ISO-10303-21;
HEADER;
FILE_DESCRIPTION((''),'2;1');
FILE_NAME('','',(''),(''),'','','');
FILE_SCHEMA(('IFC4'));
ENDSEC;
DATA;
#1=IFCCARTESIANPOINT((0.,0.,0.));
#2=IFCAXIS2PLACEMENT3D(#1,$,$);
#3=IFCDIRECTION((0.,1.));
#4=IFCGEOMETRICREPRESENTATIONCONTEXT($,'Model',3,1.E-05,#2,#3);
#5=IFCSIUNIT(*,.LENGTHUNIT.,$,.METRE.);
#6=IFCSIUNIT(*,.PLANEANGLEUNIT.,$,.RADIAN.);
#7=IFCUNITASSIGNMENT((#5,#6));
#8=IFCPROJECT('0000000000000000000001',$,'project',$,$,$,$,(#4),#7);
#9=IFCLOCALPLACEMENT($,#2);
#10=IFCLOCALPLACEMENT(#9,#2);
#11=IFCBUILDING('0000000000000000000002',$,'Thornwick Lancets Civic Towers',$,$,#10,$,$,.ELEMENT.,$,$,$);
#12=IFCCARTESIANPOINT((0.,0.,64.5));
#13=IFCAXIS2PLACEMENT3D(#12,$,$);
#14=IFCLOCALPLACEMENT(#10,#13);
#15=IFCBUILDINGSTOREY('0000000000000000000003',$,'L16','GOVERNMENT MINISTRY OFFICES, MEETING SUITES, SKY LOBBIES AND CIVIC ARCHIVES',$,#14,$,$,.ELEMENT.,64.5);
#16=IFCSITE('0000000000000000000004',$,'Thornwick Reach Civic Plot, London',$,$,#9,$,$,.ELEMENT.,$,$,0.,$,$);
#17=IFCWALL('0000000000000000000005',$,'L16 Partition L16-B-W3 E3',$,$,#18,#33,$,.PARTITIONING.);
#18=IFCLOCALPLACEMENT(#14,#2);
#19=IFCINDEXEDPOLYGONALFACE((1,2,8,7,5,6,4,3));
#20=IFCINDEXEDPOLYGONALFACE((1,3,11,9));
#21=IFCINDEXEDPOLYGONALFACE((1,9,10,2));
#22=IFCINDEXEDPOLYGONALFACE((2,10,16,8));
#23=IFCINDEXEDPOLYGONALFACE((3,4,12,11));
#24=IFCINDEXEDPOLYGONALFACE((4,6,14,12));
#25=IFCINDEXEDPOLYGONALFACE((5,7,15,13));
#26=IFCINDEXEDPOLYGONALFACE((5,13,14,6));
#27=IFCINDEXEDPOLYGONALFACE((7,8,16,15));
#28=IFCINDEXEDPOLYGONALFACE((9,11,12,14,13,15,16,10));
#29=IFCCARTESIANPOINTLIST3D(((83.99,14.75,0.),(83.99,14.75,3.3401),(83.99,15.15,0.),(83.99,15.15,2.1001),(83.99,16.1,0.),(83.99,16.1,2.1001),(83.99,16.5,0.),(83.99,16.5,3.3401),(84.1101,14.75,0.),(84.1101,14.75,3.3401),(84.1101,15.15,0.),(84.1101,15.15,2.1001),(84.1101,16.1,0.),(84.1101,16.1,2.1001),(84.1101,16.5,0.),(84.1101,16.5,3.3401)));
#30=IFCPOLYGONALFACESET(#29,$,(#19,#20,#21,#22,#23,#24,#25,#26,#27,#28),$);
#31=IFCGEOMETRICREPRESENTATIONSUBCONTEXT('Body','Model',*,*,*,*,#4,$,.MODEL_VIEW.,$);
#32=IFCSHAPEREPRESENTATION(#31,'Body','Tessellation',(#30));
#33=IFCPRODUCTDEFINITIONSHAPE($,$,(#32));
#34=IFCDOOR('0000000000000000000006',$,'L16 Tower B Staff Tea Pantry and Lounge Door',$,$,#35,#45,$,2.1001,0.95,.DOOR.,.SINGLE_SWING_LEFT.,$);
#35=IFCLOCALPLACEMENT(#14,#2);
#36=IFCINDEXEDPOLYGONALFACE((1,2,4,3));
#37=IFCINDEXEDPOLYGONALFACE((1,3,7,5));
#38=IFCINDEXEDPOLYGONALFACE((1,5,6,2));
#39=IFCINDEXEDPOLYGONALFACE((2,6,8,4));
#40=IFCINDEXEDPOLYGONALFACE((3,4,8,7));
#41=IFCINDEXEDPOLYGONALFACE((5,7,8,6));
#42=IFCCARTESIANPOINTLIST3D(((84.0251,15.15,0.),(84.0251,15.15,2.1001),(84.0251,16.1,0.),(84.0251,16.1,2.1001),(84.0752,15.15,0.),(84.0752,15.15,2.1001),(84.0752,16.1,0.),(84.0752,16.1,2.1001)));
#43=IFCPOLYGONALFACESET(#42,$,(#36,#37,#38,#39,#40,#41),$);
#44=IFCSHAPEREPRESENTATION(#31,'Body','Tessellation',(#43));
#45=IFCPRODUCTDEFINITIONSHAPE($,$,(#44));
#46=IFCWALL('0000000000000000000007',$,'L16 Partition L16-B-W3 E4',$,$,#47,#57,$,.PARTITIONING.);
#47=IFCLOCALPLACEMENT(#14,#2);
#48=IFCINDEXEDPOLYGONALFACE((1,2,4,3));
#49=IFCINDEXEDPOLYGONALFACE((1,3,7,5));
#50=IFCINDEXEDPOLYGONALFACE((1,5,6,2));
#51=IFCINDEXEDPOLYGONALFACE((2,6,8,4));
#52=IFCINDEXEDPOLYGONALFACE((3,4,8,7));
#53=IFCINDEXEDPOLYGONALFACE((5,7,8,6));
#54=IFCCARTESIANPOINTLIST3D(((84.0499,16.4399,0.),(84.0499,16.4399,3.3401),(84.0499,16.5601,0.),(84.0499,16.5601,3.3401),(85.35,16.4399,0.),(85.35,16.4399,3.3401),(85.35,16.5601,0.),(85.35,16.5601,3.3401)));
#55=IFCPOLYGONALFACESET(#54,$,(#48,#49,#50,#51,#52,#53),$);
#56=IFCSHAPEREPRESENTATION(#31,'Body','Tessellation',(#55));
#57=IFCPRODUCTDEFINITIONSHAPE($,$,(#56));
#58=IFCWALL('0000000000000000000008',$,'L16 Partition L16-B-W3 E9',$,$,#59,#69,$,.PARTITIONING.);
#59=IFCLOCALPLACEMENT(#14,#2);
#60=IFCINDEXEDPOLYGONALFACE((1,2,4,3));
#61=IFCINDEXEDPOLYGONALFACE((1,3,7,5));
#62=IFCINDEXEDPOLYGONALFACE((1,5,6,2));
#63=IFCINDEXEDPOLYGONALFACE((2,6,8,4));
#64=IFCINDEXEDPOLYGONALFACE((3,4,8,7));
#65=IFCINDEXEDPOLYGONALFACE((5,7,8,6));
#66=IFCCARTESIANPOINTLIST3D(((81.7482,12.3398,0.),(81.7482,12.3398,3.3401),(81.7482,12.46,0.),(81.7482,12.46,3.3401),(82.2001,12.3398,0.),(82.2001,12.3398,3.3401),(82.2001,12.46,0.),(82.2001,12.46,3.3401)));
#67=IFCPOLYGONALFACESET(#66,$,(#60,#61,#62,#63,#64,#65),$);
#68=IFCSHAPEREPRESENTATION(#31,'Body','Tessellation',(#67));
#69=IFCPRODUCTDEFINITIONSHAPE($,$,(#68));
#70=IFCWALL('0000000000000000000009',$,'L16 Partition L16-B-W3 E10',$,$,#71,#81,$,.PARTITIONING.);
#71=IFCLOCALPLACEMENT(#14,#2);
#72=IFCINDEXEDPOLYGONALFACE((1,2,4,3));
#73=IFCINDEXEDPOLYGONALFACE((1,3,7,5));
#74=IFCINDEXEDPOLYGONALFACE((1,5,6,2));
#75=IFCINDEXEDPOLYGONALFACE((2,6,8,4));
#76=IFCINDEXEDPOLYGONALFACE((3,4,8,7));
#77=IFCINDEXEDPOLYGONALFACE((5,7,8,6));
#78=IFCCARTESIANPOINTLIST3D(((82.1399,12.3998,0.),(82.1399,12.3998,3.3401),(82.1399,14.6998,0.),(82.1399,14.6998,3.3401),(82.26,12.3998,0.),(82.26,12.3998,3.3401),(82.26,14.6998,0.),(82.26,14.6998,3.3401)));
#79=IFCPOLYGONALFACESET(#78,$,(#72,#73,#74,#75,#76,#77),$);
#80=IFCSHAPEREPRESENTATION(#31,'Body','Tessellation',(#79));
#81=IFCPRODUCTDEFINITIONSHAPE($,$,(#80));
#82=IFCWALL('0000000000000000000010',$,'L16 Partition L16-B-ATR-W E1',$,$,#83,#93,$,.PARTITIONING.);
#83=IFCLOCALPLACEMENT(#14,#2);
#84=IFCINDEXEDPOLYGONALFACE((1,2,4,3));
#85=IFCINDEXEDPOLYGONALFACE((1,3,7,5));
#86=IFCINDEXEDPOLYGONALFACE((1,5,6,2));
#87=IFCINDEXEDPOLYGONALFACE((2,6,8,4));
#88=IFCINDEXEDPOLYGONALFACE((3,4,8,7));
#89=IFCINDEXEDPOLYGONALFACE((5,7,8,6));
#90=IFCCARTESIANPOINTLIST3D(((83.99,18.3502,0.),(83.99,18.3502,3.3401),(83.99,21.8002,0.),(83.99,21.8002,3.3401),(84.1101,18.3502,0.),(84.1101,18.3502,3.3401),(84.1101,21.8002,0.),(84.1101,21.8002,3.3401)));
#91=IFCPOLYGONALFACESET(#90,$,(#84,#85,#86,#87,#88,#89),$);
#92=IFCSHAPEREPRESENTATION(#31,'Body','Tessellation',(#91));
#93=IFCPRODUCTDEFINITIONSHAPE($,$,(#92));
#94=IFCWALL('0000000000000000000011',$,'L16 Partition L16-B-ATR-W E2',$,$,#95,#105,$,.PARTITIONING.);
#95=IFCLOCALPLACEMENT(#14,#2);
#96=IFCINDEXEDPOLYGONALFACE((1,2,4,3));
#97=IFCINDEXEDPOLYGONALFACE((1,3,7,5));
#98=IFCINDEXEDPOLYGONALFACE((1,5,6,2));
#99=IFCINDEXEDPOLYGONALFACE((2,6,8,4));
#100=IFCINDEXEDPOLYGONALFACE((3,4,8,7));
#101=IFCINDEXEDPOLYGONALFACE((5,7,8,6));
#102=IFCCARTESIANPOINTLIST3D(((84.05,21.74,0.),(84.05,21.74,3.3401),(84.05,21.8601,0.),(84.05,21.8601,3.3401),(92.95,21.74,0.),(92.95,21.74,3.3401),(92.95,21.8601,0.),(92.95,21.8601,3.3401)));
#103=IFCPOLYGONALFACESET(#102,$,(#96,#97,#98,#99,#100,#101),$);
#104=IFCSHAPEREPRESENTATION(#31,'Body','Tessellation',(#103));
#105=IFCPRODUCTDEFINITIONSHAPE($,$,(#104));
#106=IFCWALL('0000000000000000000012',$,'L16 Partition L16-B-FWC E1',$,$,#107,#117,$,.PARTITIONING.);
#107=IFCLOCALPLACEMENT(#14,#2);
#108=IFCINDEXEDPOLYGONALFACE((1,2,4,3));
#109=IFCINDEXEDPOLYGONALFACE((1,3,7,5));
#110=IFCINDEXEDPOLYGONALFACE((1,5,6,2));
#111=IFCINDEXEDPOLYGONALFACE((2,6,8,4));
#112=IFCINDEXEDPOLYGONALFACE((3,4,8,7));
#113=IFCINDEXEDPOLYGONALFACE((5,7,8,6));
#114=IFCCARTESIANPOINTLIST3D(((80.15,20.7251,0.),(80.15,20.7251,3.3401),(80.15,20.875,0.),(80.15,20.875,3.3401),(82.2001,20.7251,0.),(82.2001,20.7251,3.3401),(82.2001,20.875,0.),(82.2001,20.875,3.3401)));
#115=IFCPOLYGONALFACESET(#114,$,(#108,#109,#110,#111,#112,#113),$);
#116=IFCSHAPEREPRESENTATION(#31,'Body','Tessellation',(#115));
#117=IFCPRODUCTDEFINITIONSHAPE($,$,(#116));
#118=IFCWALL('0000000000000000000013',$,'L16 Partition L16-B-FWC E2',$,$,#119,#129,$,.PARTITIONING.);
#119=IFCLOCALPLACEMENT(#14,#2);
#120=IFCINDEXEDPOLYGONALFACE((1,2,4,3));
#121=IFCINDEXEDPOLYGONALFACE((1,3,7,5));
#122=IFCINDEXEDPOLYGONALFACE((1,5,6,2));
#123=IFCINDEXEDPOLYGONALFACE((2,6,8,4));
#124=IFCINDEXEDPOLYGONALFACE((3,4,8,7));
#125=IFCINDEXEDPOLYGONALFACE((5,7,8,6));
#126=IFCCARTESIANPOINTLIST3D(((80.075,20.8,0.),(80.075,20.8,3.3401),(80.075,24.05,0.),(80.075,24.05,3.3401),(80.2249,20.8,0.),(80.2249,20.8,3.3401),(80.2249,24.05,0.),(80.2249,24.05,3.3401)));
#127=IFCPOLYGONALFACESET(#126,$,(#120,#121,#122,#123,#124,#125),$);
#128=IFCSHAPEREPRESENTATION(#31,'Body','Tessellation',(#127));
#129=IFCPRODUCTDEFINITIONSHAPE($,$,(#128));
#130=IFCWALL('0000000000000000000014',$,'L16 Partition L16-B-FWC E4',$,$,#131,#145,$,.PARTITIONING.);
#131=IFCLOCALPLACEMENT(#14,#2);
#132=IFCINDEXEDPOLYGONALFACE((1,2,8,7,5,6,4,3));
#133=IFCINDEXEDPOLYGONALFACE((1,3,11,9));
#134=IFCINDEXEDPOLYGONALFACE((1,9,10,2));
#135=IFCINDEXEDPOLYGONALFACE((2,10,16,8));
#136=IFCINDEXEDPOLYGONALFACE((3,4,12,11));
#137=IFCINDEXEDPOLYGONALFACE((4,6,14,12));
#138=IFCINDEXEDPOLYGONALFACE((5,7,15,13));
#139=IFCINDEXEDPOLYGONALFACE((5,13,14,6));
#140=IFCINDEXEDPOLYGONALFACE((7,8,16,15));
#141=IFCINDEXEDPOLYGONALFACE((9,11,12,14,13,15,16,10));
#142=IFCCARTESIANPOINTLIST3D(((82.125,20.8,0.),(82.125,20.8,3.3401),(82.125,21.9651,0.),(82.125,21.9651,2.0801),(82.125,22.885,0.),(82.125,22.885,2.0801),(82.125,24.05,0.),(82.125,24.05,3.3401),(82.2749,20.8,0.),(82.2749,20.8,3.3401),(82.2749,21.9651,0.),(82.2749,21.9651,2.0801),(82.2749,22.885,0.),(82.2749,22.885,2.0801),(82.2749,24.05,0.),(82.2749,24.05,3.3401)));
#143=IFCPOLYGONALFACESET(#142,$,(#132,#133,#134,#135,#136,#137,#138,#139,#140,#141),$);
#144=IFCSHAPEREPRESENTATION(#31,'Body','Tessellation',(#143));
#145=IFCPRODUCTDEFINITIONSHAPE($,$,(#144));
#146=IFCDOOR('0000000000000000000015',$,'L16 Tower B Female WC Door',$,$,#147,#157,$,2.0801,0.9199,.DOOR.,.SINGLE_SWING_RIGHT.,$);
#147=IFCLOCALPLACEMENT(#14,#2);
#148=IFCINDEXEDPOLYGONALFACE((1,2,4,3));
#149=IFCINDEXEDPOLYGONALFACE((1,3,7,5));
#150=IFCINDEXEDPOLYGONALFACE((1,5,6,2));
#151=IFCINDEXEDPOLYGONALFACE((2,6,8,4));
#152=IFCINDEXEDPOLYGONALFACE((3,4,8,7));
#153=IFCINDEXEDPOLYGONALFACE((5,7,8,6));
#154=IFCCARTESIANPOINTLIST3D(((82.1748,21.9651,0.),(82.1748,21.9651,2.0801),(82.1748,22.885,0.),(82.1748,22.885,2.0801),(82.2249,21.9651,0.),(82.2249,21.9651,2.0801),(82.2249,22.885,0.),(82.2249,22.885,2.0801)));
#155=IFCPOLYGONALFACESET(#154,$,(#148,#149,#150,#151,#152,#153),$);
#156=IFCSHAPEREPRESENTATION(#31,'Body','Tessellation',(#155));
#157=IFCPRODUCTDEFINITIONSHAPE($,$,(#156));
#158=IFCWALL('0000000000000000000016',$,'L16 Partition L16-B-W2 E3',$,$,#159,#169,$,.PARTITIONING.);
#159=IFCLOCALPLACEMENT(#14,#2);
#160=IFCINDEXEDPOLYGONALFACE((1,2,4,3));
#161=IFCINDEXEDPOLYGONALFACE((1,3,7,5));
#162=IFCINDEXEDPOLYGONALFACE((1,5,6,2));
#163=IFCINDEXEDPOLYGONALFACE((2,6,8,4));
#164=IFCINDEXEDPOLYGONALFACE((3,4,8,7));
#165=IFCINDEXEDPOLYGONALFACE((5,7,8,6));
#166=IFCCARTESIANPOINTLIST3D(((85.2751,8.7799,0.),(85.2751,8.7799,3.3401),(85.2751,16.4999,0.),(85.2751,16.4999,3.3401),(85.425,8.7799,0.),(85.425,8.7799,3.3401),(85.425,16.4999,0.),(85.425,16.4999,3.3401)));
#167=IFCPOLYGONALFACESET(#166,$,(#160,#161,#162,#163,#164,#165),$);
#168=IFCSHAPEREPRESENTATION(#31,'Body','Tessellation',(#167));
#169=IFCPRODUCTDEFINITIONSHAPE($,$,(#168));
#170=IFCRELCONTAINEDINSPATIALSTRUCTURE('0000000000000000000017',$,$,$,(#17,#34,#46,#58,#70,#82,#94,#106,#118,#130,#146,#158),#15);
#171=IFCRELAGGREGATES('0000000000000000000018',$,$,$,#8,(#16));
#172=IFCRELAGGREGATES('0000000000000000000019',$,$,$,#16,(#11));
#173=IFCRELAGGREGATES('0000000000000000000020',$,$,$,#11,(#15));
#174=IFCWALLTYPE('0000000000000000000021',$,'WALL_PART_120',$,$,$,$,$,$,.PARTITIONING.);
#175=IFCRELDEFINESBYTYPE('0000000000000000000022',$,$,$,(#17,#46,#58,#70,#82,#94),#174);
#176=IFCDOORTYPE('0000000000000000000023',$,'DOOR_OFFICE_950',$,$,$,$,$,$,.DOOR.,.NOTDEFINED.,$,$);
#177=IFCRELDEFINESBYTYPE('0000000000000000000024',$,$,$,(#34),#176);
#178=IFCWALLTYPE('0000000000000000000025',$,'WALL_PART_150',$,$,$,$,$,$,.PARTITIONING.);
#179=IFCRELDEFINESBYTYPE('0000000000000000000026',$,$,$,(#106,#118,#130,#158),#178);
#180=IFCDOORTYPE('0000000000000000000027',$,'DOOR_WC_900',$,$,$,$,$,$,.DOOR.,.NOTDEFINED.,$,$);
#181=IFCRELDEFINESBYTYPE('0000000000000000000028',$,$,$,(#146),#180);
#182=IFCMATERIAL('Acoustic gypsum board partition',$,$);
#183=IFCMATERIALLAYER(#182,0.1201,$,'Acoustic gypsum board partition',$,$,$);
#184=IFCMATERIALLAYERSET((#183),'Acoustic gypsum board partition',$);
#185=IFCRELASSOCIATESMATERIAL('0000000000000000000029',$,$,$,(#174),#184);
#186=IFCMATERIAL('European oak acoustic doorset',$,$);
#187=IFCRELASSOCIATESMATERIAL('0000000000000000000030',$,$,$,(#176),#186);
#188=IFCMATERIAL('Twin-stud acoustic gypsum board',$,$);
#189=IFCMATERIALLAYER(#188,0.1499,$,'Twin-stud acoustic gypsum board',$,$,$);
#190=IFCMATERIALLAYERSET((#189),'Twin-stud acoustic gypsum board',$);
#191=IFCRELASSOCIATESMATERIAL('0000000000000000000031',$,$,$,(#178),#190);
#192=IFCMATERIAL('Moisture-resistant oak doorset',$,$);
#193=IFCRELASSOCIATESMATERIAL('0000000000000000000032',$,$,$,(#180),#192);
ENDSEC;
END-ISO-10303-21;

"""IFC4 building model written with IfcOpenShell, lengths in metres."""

from ifc_helpers import new_model, si_unit, direction, frame, frame_2d, origin, place, context, subcontext, project, spatial, rectangle, extrude, material, layer, layer_set, type_object, element, fill, save


model = new_model("IFC4")

# Units and contexts
model_context = context("Model", 3, precision=1e-05, world=origin(), true_north=direction((0.0, 1.0)))
body_context = subcontext(model_context, "Body", "Model", "MODEL_VIEW")
ifc_project = project(units=[si_unit("LENGTHUNIT", "METRE"), si_unit("PLANEANGLEUNIT", "RADIAN")], contexts=[model_context])

# Site, building, storey
site_placement = place(None, origin())
site = spatial("IfcSite", under=ifc_project, at=site_placement, Name="Thornwick Reach Civic Plot, London", CompositionType="ELEMENT", RefElevation=0.0)
building_placement = place(site_placement, origin())
building = spatial("IfcBuilding", under=site, at=building_placement, Name="Thornwick Lancets Civic Towers", CompositionType="ELEMENT")
storey_placement = place(building_placement, frame((0.0, 0.0, 64.5)))
storey = spatial("IfcBuildingStorey", under=building, at=storey_placement, Name="L16", Description="GOVERNMENT MINISTRY OFFICES, MEETING SUITES, SKY LOBBIES AND CIVIC ARCHIVES", CompositionType="ELEMENT", Elevation=64.5)

# Shared definitions
ifc_material_1 = material(Name="Acoustic gypsum board partition")
ifc_layer_1 = layer(ifc_material_1, 0.1201, Name="Acoustic gypsum board partition")
ifc_layer_set_1 = layer_set([ifc_layer_1], Name="Acoustic gypsum board partition")
wall_type_1 = type_object("IfcWallType", Name="WALL_PART_120", PredefinedType="PARTITIONING", material=ifc_layer_set_1)

# Wall, opening, door
wall_1_placement = place(storey_placement, frame((84.05, 14.75, 0.0), z_axis=(0.0, 0.0, 1.0), x_axis=(0.0, 1.0, 0.0)))
wall_1 = element("IfcWall", 1, at=wall_1_placement, inside=storey, type_object=wall_type_1, Name="L16 Partition L16-B-W3 E3", PredefinedType="PARTITIONING", context=body_context, shape_type="SweptSolid", body=[
    extrude(rectangle(XDim=1.75, YDim=0.1201, at=frame_2d((0.875, 0.0))), origin(), (0.0, 0.0, 1.0), 3.3401),
])
opening_1_placement = place(wall_1_placement, frame((0.3999, 0.0, 0.0)))
opening_1 = element("IfcOpeningElement", 2, at=opening_1_placement, cuts=wall_1, PredefinedType="OPENING", context=body_context, shape_type="SweptSolid", body=[
    extrude(rectangle(XDim=0.95, YDim=2.1001, at=frame_2d((0.4751, 1.05))), frame((0.0, 0.0701, 0.0), z_axis=(0.0, -1.0, 0.0), x_axis=(1.0, 0.0, 0.0)), (0.0, 0.0, 1.0), 0.1401),
])
ifc_material_2 = material(Name="European oak acoustic doorset")
door_type_1 = type_object("IfcDoorType", Name="DOOR_OFFICE_950", OperationType="NOTDEFINED", PredefinedType="DOOR", material=ifc_material_2)
door_1_placement = place(opening_1_placement, origin())
door_1 = element("IfcDoor", 3, at=door_1_placement, inside=storey, type_object=door_type_1, Name="L16 Tower B Staff Tea Pantry and Lounge Door", OperationType="SINGLE_SWING_LEFT", OverallHeight=2.1001, OverallWidth=0.95, PredefinedType="DOOR", context=body_context, shape_type="SweptSolid", body=[
    extrude(rectangle(XDim=0.95, YDim=2.1001, at=frame_2d((0.4751, 1.05))), frame((0.0, 0.0249, 0.0), z_axis=(0.0, -1.0, 0.0), x_axis=(1.0, 0.0, 0.0)), (0.0, 0.0, 1.0), 0.05),
])
fill(opening_1, door_1)

# Walls
wall_2_placement = place(storey_placement, frame((84.05, 16.5, 0.0), z_axis=(0.0, 0.0, 1.0), x_axis=(1.0, 0.0, 0.0)))
element("IfcWall", 4, at=wall_2_placement, inside=storey, type_object=wall_type_1, Name="L16 Partition L16-B-W3 E4", PredefinedType="PARTITIONING", context=body_context, shape_type="SweptSolid", body=[
    extrude(rectangle(XDim=1.3, YDim=0.1201, at=frame_2d((0.6499, 0.0))), origin(), (0.0, 0.0, 1.0), 3.3401),
])
wall_3_placement = place(storey_placement, frame((81.748, 12.3999, 0.0), z_axis=(0.0, 0.0, 1.0), x_axis=(1.0, 0.0, 0.0)))
element("IfcWall", 5, at=wall_3_placement, inside=storey, type_object=wall_type_1, Name="L16 Partition L16-B-W3 E9", PredefinedType="PARTITIONING", context=body_context, shape_type="SweptSolid", body=[
    extrude(rectangle(XDim=0.4519, YDim=0.1201, at=frame_2d((0.2261, 0.0))), origin(), (0.0, 0.0, 1.0), 3.3401),
])
wall_4_placement = place(storey_placement, frame((82.2, 12.3999, 0.0), z_axis=(0.0, 0.0, 1.0), x_axis=(0.0, 1.0, 0.0)))
element("IfcWall", 6, at=wall_4_placement, inside=storey, type_object=wall_type_1, Name="L16 Partition L16-B-W3 E10", PredefinedType="PARTITIONING", context=body_context, shape_type="SweptSolid", body=[
    extrude(rectangle(XDim=2.3, YDim=0.1201, at=frame_2d((1.1499, 0.0))), origin(), (0.0, 0.0, 1.0), 3.3401),
])
wall_5_placement = place(storey_placement, frame((84.05, 18.3501, 0.0), z_axis=(0.0, 0.0, 1.0), x_axis=(0.0, 1.0, 0.0)))
element("IfcWall", 7, at=wall_5_placement, inside=storey, type_object=wall_type_1, Name="L16 Partition L16-B-ATR-W E1", PredefinedType="PARTITIONING", context=body_context, shape_type="SweptSolid", body=[
    extrude(rectangle(XDim=3.45, YDim=0.1201, at=frame_2d((1.7251, 0.0))), origin(), (0.0, 0.0, 1.0), 3.3401),
])
wall_6_placement = place(storey_placement, frame((84.05, 21.8, 0.0), z_axis=(0.0, 0.0, 1.0), x_axis=(1.0, 0.0, 0.0)))
element("IfcWall", 8, at=wall_6_placement, inside=storey, type_object=wall_type_1, Name="L16 Partition L16-B-ATR-W E2", PredefinedType="PARTITIONING", context=body_context, shape_type="SweptSolid", body=[
    extrude(rectangle(XDim=8.8999, YDim=0.1201, at=frame_2d((4.45, 0.0))), origin(), (0.0, 0.0, 1.0), 3.3401),
])
ifc_material_3 = material(Name="Twin-stud acoustic gypsum board")
ifc_layer_2 = layer(ifc_material_3, 0.1499, Name="Twin-stud acoustic gypsum board")
ifc_layer_set_2 = layer_set([ifc_layer_2], Name="Twin-stud acoustic gypsum board")
wall_type_2 = type_object("IfcWallType", Name="WALL_PART_150", PredefinedType="PARTITIONING", material=ifc_layer_set_2)
wall_7_placement = place(storey_placement, frame((82.2, 20.8, 0.0), z_axis=(0.0, 0.0, 1.0), x_axis=(-1.0, 0.0, 0.0)))
element("IfcWall", 9, at=wall_7_placement, inside=storey, type_object=wall_type_2, Name="L16 Partition L16-B-FWC E1", PredefinedType="PARTITIONING", context=body_context, shape_type="SweptSolid", body=[
    extrude(rectangle(XDim=2.05, YDim=0.1499, at=frame_2d((1.0249, 0.0))), origin(), (0.0, 0.0, 1.0), 3.3401),
])
wall_8_placement = place(storey_placement, frame((80.1499, 20.8, 0.0), z_axis=(0.0, 0.0, 1.0), x_axis=(0.0, 1.0, 0.0)))
element("IfcWall", 10, at=wall_8_placement, inside=storey, type_object=wall_type_2, Name="L16 Partition L16-B-FWC E2", PredefinedType="PARTITIONING", context=body_context, shape_type="SweptSolid", body=[
    extrude(rectangle(XDim=3.25, YDim=0.1499, at=frame_2d((1.625, 0.0))), origin(), (0.0, 0.0, 1.0), 3.3401),
])

# Wall, opening, door
wall_9_placement = place(storey_placement, frame((82.2, 24.05, 0.0), z_axis=(0.0, 0.0, 1.0), x_axis=(0.0, -1.0, 0.0)))
wall_9 = element("IfcWall", 11, at=wall_9_placement, inside=storey, type_object=wall_type_2, Name="L16 Partition L16-B-FWC E4", PredefinedType="PARTITIONING", context=body_context, shape_type="SweptSolid", body=[
    extrude(rectangle(XDim=3.25, YDim=0.1499, at=frame_2d((1.625, 0.0))), origin(), (0.0, 0.0, 1.0), 3.3401),
])
opening_2_placement = place(wall_9_placement, frame((1.165, 0.0, 0.0)))
opening_2 = element("IfcOpeningElement", 12, at=opening_2_placement, cuts=wall_9, PredefinedType="OPENING", context=body_context, shape_type="SweptSolid", body=[
    extrude(rectangle(XDim=0.9199, YDim=2.0801, at=frame_2d((0.46, 1.04))), frame((0.0, 0.085, 0.0), z_axis=(0.0, -1.0, 0.0), x_axis=(1.0, 0.0, 0.0)), (0.0, 0.0, 1.0), 0.1699),
])
ifc_material_4 = material(Name="Moisture-resistant oak doorset")
door_type_2 = type_object("IfcDoorType", Name="DOOR_WC_900", OperationType="NOTDEFINED", PredefinedType="DOOR", material=ifc_material_4)
door_2_placement = place(opening_2_placement, origin())
door_2 = element("IfcDoor", 13, at=door_2_placement, inside=storey, type_object=door_type_2, Name="L16 Tower B Female WC Door", OperationType="SINGLE_SWING_RIGHT", OverallHeight=2.0801, OverallWidth=0.9199, PredefinedType="DOOR", context=body_context, shape_type="SweptSolid", body=[
    extrude(rectangle(XDim=0.9199, YDim=2.0801, at=frame_2d((0.46, 1.04))), frame((0.0, 0.0249, 0.0), z_axis=(0.0, -1.0, 0.0), x_axis=(1.0, 0.0, 0.0)), (0.0, 0.0, 1.0), 0.05),
])
fill(opening_2, door_2)

# Wall
wall_10_placement = place(storey_placement, frame((85.3501, 8.78, 0.0), z_axis=(0.0, 0.0, 1.0), x_axis=(0.0, 1.0, 0.0)))
element("IfcWall", 14, at=wall_10_placement, inside=storey, type_object=wall_type_2, Name="L16 Partition L16-B-W2 E3", PredefinedType="PARTITIONING", context=body_context, shape_type="SweptSolid", body=[
    extrude(rectangle(XDim=7.72, YDim=0.1499, at=frame_2d((3.8599, 0.0))), origin(), (0.0, 0.0, 1.0), 3.3401),
])

save(model, "model.ifc")
